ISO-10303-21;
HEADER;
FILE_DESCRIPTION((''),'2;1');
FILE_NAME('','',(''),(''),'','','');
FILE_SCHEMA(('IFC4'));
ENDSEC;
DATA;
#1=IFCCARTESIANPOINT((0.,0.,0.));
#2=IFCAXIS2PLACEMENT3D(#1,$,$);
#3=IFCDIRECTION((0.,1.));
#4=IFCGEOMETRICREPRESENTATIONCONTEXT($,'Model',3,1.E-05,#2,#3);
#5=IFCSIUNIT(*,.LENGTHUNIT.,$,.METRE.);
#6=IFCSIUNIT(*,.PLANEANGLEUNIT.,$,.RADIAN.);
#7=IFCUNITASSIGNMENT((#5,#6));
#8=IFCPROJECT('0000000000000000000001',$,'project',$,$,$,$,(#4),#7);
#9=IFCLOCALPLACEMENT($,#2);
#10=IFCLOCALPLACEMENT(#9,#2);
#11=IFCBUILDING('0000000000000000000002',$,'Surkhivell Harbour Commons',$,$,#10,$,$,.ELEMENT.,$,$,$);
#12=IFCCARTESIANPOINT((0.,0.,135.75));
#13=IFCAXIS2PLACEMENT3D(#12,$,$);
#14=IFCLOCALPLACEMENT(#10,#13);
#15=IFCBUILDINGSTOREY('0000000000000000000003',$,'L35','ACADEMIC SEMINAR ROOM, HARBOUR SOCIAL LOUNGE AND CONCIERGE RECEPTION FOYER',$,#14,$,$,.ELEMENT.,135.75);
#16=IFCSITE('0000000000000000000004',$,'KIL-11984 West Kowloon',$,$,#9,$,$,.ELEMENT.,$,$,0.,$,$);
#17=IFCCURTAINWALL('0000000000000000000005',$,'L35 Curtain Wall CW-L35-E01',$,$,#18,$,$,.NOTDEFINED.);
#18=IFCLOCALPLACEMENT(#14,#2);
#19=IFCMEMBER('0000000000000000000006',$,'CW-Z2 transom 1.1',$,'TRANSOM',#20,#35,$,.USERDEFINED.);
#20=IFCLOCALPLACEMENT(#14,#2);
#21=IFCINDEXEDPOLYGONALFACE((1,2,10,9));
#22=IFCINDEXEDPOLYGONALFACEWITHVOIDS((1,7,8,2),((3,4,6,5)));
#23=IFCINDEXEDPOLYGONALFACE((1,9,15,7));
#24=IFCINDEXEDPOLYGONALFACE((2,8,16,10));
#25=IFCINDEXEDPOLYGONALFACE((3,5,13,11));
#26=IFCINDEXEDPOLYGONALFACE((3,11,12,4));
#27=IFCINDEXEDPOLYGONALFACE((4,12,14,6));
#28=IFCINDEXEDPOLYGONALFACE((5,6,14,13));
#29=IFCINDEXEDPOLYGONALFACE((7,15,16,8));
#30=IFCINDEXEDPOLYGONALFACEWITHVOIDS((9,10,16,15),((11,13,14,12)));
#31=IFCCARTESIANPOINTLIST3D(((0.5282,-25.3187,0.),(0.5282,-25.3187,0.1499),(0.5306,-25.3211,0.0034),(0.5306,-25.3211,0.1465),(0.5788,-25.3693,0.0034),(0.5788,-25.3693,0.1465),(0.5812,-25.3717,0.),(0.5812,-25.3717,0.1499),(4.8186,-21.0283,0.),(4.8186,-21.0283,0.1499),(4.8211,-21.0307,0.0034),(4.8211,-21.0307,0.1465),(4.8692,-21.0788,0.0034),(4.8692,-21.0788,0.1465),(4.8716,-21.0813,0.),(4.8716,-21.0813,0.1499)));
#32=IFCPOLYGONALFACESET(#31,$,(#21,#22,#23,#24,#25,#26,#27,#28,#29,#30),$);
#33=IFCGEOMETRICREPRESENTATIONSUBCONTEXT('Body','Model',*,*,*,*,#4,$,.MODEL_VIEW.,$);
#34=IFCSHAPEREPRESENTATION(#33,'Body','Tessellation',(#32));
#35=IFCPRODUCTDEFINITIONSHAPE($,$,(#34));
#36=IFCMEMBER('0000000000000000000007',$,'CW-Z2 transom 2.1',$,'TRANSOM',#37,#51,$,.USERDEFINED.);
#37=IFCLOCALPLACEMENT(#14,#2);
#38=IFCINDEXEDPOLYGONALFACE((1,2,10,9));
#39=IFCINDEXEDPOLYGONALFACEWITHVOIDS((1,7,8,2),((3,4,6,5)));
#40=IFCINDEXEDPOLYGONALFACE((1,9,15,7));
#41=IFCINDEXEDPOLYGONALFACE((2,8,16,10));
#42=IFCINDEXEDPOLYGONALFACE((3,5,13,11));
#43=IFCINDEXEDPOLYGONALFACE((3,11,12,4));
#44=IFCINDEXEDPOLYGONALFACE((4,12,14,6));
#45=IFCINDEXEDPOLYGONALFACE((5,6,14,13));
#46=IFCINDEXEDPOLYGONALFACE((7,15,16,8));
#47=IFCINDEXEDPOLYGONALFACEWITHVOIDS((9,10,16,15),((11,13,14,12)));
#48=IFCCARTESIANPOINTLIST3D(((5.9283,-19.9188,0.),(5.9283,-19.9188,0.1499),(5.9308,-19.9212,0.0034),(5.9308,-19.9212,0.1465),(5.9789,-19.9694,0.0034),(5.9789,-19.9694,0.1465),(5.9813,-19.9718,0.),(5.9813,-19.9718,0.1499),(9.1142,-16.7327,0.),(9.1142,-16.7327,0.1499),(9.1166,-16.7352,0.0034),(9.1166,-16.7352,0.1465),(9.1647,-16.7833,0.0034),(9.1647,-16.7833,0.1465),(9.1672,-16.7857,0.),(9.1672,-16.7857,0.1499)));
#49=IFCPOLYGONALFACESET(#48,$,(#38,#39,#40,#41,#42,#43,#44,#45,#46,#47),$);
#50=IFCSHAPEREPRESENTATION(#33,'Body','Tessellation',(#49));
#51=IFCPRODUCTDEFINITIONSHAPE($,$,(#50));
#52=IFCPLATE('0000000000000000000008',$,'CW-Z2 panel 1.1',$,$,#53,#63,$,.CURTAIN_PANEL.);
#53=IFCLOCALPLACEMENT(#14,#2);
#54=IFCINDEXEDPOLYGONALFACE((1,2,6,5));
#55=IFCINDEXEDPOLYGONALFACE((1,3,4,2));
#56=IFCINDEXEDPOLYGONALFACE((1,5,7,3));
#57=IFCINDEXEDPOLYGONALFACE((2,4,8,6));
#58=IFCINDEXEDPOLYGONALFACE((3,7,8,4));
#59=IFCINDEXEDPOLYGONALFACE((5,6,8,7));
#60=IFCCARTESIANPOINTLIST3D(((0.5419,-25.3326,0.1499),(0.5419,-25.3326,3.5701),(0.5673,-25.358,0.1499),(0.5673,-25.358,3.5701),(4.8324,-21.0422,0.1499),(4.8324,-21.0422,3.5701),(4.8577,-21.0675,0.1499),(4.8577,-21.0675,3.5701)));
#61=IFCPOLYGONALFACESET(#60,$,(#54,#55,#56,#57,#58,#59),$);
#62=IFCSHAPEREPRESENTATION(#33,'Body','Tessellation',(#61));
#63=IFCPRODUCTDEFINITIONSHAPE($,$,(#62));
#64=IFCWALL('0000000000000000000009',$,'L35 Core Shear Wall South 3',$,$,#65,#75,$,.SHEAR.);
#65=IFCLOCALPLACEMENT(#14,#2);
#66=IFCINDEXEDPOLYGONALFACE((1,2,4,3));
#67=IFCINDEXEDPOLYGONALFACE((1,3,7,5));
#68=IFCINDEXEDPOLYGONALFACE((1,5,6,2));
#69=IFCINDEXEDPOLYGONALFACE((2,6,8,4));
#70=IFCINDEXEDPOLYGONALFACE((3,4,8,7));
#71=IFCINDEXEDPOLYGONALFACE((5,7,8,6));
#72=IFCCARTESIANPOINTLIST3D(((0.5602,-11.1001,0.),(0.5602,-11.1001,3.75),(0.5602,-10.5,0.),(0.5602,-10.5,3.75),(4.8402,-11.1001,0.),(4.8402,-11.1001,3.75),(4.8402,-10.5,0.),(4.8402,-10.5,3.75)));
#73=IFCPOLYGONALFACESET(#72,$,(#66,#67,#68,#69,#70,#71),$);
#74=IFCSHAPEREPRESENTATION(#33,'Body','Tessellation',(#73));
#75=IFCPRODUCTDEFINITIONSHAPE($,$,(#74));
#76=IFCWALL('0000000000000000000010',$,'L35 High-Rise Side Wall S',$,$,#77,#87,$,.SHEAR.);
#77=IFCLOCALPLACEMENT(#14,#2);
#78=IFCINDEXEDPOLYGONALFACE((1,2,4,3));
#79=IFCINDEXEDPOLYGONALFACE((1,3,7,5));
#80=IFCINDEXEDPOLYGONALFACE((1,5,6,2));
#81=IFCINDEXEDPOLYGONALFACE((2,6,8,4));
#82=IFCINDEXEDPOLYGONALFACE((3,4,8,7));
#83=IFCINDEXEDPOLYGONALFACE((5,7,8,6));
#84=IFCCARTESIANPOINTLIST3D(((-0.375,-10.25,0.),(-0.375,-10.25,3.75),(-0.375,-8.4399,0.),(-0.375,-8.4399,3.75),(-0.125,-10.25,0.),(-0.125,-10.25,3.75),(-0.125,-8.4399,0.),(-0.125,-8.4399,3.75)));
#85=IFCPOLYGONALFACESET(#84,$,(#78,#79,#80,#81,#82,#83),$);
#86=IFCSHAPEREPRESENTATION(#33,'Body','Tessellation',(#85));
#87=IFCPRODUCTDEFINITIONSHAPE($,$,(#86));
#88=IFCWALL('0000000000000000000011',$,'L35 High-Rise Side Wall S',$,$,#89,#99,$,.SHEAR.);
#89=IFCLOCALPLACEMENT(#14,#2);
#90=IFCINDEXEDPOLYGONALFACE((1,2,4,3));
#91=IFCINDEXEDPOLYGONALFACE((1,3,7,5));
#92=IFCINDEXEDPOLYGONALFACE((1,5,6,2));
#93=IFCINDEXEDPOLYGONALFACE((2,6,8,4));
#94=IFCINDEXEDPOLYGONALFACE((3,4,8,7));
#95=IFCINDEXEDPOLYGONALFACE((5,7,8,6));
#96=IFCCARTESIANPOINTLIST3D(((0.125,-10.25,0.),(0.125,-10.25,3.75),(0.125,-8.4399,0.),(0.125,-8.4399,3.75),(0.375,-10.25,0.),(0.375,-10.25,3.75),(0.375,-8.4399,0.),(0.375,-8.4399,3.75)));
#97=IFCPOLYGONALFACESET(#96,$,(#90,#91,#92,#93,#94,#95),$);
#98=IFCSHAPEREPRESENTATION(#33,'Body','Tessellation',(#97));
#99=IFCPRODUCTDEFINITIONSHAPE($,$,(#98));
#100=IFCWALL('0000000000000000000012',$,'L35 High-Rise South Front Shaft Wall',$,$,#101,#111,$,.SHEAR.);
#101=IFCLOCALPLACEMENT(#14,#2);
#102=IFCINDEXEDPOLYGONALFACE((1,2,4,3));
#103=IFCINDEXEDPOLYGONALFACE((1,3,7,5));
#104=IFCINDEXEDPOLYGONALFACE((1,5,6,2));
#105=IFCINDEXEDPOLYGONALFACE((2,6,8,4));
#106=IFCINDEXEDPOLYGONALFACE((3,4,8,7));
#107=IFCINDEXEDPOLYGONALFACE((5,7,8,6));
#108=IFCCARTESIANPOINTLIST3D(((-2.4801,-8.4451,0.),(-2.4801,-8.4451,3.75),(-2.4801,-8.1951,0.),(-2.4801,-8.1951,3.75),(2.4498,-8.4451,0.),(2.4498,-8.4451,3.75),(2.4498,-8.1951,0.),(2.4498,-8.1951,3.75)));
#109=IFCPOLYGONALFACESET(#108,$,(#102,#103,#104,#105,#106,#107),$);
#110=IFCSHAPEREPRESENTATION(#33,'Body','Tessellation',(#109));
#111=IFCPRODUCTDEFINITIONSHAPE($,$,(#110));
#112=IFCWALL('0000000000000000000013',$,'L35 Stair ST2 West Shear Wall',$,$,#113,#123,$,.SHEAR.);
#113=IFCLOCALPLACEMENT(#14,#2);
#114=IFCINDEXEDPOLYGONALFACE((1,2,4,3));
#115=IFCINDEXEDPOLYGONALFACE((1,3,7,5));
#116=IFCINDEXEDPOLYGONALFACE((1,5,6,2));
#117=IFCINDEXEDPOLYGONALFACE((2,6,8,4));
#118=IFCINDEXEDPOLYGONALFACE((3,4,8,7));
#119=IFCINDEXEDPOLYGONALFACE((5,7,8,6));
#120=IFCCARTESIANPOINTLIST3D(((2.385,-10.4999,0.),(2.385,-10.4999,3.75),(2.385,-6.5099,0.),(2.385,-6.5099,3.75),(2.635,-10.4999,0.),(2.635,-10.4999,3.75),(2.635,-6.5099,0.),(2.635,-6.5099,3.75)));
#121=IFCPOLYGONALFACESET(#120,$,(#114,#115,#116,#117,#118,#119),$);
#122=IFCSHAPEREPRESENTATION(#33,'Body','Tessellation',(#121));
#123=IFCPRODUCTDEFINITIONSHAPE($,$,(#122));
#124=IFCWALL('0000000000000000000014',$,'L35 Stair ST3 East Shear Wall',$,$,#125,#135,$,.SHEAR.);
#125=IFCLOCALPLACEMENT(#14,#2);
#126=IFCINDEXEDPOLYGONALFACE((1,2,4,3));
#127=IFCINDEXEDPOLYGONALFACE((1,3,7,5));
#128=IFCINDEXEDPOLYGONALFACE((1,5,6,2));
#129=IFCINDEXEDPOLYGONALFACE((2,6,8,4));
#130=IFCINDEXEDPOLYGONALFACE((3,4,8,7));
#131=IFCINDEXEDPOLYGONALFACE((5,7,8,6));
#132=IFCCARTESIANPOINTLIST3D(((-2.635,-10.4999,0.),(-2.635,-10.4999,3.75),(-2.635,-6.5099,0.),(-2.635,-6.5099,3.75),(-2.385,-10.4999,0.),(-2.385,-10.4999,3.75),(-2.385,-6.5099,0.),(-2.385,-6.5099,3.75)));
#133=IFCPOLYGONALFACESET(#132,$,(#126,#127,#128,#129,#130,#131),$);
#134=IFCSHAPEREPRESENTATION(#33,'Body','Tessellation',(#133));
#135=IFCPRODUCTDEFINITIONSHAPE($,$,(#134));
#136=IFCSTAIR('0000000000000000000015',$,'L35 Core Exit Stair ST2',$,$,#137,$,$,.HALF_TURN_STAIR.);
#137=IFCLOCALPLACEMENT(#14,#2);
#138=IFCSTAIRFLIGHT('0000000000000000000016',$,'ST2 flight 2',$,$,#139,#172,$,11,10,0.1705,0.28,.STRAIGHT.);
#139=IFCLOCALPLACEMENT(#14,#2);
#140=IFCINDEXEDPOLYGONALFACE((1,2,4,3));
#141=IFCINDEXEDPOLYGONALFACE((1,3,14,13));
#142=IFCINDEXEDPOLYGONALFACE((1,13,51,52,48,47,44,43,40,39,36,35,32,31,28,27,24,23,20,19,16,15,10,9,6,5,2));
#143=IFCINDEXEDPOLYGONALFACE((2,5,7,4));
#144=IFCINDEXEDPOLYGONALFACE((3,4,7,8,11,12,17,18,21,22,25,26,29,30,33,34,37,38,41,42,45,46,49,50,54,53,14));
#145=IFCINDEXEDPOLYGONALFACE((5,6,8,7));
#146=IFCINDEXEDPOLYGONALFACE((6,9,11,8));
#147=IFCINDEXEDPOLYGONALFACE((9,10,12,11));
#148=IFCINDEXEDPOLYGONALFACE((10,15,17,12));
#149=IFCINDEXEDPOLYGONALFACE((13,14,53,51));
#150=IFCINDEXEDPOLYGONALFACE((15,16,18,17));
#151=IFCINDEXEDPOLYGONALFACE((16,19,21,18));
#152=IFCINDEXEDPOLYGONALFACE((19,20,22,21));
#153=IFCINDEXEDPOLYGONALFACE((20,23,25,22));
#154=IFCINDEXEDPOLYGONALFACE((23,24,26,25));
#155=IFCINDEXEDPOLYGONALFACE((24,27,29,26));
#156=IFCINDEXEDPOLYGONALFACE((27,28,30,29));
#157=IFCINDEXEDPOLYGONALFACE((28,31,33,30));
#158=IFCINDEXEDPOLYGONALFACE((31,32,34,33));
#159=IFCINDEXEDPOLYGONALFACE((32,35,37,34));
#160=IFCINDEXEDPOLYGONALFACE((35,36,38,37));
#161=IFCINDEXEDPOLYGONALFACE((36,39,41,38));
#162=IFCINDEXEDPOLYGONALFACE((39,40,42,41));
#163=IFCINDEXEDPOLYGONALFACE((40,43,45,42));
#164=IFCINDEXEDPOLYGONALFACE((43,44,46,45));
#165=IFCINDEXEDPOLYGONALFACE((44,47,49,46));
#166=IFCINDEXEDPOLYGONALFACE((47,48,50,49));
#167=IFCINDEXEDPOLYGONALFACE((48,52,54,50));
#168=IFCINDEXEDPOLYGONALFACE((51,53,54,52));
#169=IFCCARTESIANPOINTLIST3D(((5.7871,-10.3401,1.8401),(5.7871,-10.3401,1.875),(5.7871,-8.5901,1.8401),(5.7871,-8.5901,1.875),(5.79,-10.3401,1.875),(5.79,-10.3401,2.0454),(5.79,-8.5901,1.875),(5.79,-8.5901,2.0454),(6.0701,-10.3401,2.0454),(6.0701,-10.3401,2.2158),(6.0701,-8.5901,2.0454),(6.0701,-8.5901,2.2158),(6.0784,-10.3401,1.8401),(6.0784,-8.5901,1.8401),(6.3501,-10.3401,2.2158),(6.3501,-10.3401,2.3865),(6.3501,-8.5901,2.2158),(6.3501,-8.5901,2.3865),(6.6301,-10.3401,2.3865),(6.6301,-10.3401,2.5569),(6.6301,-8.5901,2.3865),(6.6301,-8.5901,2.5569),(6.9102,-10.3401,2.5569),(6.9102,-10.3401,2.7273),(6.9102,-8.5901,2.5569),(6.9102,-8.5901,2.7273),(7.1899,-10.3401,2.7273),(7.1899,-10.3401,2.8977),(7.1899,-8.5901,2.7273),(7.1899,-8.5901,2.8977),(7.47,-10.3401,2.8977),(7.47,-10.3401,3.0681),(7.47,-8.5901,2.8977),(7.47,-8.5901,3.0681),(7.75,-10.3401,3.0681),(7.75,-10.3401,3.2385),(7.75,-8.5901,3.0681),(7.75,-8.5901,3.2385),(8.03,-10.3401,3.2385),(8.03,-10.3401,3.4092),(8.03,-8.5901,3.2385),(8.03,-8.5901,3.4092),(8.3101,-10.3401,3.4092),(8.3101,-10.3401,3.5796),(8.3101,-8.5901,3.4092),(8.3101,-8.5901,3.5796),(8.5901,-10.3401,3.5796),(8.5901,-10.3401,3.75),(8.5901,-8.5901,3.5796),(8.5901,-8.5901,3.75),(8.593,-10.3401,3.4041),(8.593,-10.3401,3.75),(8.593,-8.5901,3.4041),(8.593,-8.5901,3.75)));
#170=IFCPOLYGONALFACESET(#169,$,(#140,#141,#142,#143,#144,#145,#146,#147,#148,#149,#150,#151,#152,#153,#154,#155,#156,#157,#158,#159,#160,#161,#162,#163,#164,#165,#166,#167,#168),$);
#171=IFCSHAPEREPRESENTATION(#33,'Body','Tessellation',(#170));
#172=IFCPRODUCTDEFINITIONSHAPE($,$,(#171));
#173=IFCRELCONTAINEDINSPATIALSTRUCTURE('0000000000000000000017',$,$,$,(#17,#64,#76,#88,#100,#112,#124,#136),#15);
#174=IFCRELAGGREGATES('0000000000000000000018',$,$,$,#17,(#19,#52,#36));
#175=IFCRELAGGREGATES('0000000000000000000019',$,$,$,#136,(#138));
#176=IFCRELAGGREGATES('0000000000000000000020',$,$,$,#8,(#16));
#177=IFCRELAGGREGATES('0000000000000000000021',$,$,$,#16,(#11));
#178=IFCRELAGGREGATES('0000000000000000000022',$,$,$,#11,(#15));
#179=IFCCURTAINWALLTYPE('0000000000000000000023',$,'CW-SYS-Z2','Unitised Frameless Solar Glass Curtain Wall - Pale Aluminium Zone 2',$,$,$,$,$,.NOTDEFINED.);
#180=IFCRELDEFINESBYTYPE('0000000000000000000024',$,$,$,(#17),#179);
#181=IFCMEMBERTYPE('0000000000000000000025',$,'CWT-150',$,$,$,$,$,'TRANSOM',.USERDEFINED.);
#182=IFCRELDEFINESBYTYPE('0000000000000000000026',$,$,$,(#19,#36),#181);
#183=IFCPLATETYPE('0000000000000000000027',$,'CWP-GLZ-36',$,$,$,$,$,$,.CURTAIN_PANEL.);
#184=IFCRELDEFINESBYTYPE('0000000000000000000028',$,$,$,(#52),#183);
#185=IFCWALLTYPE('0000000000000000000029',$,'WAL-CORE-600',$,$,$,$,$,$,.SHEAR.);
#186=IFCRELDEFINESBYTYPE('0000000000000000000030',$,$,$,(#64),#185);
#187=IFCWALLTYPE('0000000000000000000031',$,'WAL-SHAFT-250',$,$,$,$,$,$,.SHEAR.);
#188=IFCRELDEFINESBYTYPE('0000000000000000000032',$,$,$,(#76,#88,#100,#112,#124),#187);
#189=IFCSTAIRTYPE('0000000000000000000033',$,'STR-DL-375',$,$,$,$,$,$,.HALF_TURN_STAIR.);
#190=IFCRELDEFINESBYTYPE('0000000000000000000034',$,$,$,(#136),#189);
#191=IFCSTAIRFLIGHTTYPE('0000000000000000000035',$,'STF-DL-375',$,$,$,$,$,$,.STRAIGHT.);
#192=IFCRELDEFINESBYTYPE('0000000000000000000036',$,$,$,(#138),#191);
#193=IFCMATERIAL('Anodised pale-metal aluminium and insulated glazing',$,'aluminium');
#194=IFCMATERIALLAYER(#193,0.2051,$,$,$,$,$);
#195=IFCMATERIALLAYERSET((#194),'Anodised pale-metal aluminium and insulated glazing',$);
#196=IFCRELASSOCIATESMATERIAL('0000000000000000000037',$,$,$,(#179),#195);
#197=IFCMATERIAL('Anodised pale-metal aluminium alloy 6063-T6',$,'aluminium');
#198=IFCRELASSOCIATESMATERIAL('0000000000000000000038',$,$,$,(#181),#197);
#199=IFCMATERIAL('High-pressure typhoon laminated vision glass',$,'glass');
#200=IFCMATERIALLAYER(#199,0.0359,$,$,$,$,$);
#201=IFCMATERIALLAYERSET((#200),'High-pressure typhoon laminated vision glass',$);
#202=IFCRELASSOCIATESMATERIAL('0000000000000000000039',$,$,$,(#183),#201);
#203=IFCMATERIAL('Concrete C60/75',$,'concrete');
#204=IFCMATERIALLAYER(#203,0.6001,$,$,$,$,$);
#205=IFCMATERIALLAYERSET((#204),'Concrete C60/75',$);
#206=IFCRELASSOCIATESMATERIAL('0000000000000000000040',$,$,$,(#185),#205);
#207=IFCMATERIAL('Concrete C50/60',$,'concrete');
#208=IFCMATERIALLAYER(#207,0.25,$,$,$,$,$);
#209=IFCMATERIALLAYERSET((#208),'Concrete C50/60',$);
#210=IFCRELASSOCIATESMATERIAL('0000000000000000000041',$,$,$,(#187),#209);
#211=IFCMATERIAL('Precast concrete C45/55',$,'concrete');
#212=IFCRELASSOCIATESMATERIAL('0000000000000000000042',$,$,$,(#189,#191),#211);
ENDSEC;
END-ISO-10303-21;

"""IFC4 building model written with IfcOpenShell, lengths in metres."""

from ifc_helpers import new_model, si_unit, direction, frame, frame_2d, origin, origin_2d, place, context, subcontext, project, spatial, polyline, rectangle, hollow_rectangle, outline, extrude, material, layer, layer_set, material_profile, profile_set, type_object, element, aggregate, save


model = new_model("IFC4")

# Units and contexts
model_context = context("Model", 3, precision=1e-05, world=origin(), true_north=direction((0.0, 1.0)))
body_context = subcontext(model_context, "Body", "Model", "MODEL_VIEW")
ifc_project = project(units=[si_unit("LENGTHUNIT", "METRE"), si_unit("PLANEANGLEUNIT", "RADIAN")], contexts=[model_context])

# Site, building, storey
site_placement = place(None, origin())
site = spatial("IfcSite", under=ifc_project, at=site_placement, Name="KIL-11984 West Kowloon", CompositionType="ELEMENT", RefElevation=0.0)
building_placement = place(site_placement, origin())
building = spatial("IfcBuilding", under=site, at=building_placement, Name="Surkhivell Harbour Commons", CompositionType="ELEMENT")
storey_placement = place(building_placement, frame((0.0, 0.0, 135.75)))
storey = spatial("IfcBuildingStorey", under=building, at=storey_placement, Name="L35", Description="ACADEMIC SEMINAR ROOM, HARBOUR SOCIAL LOUNGE AND CONCIERGE RECEPTION FOYER", CompositionType="ELEMENT", Elevation=135.75)

# Shared definitions
ifc_material_1 = material(Name="Concrete C60/75", Category="concrete")

# Shared definitions
ifc_material_2 = material(Name="Anodised pale-metal aluminium and insulated glazing", Category="aluminium")
ifc_layer_1 = layer(ifc_material_2, 0.2051)
ifc_layer_set_1 = layer_set([ifc_layer_1], Name="Anodised pale-metal aluminium and insulated glazing")
curtain_wall_type = type_object("IfcCurtainWallType", Name="CW-SYS-Z2", Description="Unitised Frameless Solar Glass Curtain Wall - Pale Aluminium Zone 2", PredefinedType="NOTDEFINED", material=ifc_layer_set_1)
ifc_material_3 = material(Name="Anodised pale-metal aluminium alloy 6063-T6", Category="aluminium")

# Curtain wall, members, plate
curtain_wall_1_placement = place(storey_placement, origin())
curtain_wall_1 = element("IfcCurtainWall", 1, at=curtain_wall_1_placement, inside=storey, type_object=curtain_wall_type, Name="L35 Curtain Wall CW-L35-E01", PredefinedType="NOTDEFINED")
ifc_material_profile_1 = material_profile(ifc_material_3, hollow_rectangle(XDim=0.075, YDim=0.1499, WallThickness=0.0034, at=origin_2d()), Name="ALU-TRAN-75x150")
ifc_profile_set_1 = profile_set([ifc_material_profile_1], Name="Anodised pale-metal aluminium alloy 6063-T6")
member_type_1 = type_object("IfcMemberType", Name="CWT-150", ElementType="TRANSOM", PredefinedType="USERDEFINED", material=ifc_profile_set_1)
member_1_placement = place(storey_placement, frame((0.5547, -25.3452, 0.075), z_axis=(0.707107, 0.707107, 0.0), x_axis=(-0.707107, 0.707107, 0.0)))
member_1 = element("IfcMember", 2, at=member_1_placement, type_object=member_type_1, Name="CW-Z2 transom 1.1", ObjectType="TRANSOM", PredefinedType="USERDEFINED", context=body_context, shape_type="SweptSolid", body=[
    extrude(hollow_rectangle(XDim=0.075, YDim=0.1499, WallThickness=0.0034, at=origin_2d()), origin(), (0.0, 0.0, 1.0), 6.0676),
])
member_2_placement = place(storey_placement, frame((5.9548, -19.9453, 0.075), z_axis=(0.70708, 0.707134, 0.0), x_axis=(-0.707134, 0.70708, 0.0)))
member_2 = element("IfcMember", 3, at=member_2_placement, type_object=member_type_1, Name="CW-Z2 transom 2.1", ObjectType="TRANSOM", PredefinedType="USERDEFINED", context=body_context, shape_type="SweptSolid", body=[
    extrude(hollow_rectangle(XDim=0.075, YDim=0.1499, WallThickness=0.0034, at=origin_2d()), origin(), (0.0, 0.0, 1.0), 4.5056),
])
ifc_material_4 = material(Name="High-pressure typhoon laminated vision glass", Category="glass")
ifc_layer_2 = layer(ifc_material_4, 0.0359)
ifc_layer_set_2 = layer_set([ifc_layer_2], Name="High-pressure typhoon laminated vision glass")
plate_type = type_object("IfcPlateType", Name="CWP-GLZ-36", PredefinedType="CURTAIN_PANEL", material=ifc_layer_set_2)
plate_placement = place(storey_placement, frame((0.5547, -25.3452, 0.1499), z_axis=(0.0, 0.0, 1.0), x_axis=(0.707107, 0.707107, 0.0)))
plate = element("IfcPlate", 4, at=plate_placement, type_object=plate_type, Name="CW-Z2 panel 1.1", PredefinedType="CURTAIN_PANEL", context=body_context, shape_type="SweptSolid", body=[
    extrude(rectangle(XDim=6.0676, YDim=0.0359, at=frame_2d((3.0337, 0.0))), origin(), (0.0, 0.0, 1.0), 3.4202),
])
aggregate(curtain_wall_1, [member_1, plate, member_2])

# Walls
ifc_layer_3 = layer(ifc_material_1, 0.6001)
ifc_layer_set_3 = layer_set([ifc_layer_3], Name="Concrete C60/75")
wall_type_1 = type_object("IfcWallType", Name="WAL-CORE-600", PredefinedType="SHEAR", material=ifc_layer_set_3)
wall_1_placement = place(storey_placement, frame((0.5601, -10.8, 0.0), z_axis=(0.0, 0.0, 1.0), x_axis=(1.0, 0.0, 0.0)))
element("IfcWall", 5, at=wall_1_placement, inside=storey, type_object=wall_type_1, Name="L35 Core Shear Wall South 3", PredefinedType="SHEAR", context=body_context, shape_type="SweptSolid", body=[
    extrude(rectangle(XDim=4.28, YDim=0.6001, at=frame_2d((2.1401, 0.0))), origin(), (0.0, 0.0, 1.0), 3.75),
])
ifc_material_5 = material(Name="Concrete C50/60", Category="concrete")
ifc_layer_4 = layer(ifc_material_5, 0.25)
ifc_layer_set_4 = layer_set([ifc_layer_4], Name="Concrete C50/60")
wall_type_2 = type_object("IfcWallType", Name="WAL-SHAFT-250", PredefinedType="SHEAR", material=ifc_layer_set_4)
for number, where, z_axis, x_axis, name in (
    (6, (-0.25, -10.25, 0.0), (0.0, 0.0, 1.0), (0.0, 1.0, 0.0), "L35 High-Rise Side Wall S"),
    (7, (0.25, -10.25, 0.0), (0.0, 0.0, 1.0), (0.0, 1.0, 0.0), "L35 High-Rise Side Wall S"),
):
    element("IfcWall", number, at=place(storey_placement, frame(where, z_axis=z_axis, x_axis=x_axis)), inside=storey, type_object=wall_type_2, Name=name, PredefinedType="SHEAR", context=body_context, shape_type="SweptSolid", body=[
        extrude(rectangle(XDim=1.8101, YDim=0.25, at=frame_2d((0.905, 0.0))), origin(), (0.0, 0.0, 1.0), 3.75),
    ])
wall_2_placement = place(storey_placement, frame((-2.48, -8.3201, 0.0), z_axis=(0.0, 0.0, 1.0), x_axis=(1.0, 0.0, 0.0)))
element("IfcWall", 8, at=wall_2_placement, inside=storey, type_object=wall_type_2, Name="L35 High-Rise South Front Shaft Wall", PredefinedType="SHEAR", context=body_context, shape_type="SweptSolid", body=[
    extrude(rectangle(XDim=4.9299, YDim=0.25, at=frame_2d((2.4648, 0.0))), origin(), (0.0, 0.0, 1.0), 3.75),
])
for number, where, z_axis, x_axis, name in (
    (9, (2.51, -10.5, 0.0), (0.0, 0.0, 1.0), (0.0, 1.0, 0.0), "L35 Stair ST2 West Shear Wall"),
    (10, (-2.51, -10.5, 0.0), (0.0, 0.0, 1.0), (0.0, 1.0, 0.0), "L35 Stair ST3 East Shear Wall"),
):
    element("IfcWall", number, at=place(storey_placement, frame(where, z_axis=z_axis, x_axis=x_axis)), inside=storey, type_object=wall_type_2, Name=name, PredefinedType="SHEAR", context=body_context, shape_type="SweptSolid", body=[
        extrude(rectangle(XDim=3.99, YDim=0.25, at=frame_2d((1.9951, 0.0))), origin(), (0.0, 0.0, 1.0), 3.75),
    ])

# Stair, stair flight
ifc_material_6 = material(Name="Precast concrete C45/55", Category="concrete")
stair_type = type_object("IfcStairType", Name="STR-DL-375", PredefinedType="HALF_TURN_STAIR", material=ifc_material_6)
stair_placement = place(storey_placement, origin())
stair = element("IfcStair", 11, at=stair_placement, inside=storey, type_object=stair_type, Name="L35 Core Exit Stair ST2", PredefinedType="HALF_TURN_STAIR")
stair_flight_type = type_object("IfcStairFlightType", Name="STF-DL-375", PredefinedType="STRAIGHT", material=ifc_material_6)
stair_flight_placement = place(storey_placement, frame((5.79, -9.4651, 1.875), z_axis=(0.0, 0.0, 1.0), x_axis=(1.0, 0.0, 0.0)))
stair_flight = element("IfcStairFlight", 12, at=stair_flight_placement, type_object=stair_flight_type, Name="ST2 flight 2", NumberOfRisers=11, NumberOfTreads=10, PredefinedType="STRAIGHT", RiserHeight=0.1705, TreadLength=0.28, context=body_context, shape_type="SweptSolid", body=[
    extrude(outline(polyline([(-0.0029, -0.0349), (-0.0029, 0.0), (0.0, 0.0), (0.0, 0.1704), (0.28, 0.1704), (0.28, 0.3408), (0.5601, 0.3408), (0.5601, 0.5115), (0.8401, 0.5115), (0.8401, 0.6819), (1.1201, 0.6819), (1.1201, 0.8523), (1.3999, 0.8523), (1.3999, 1.0227), (1.6799, 1.0227), (1.6799, 1.1931), (1.96, 1.1931), (1.96, 1.3635), (2.24, 1.3635), (2.24, 1.5342), (2.52, 1.5342), (2.52, 1.7046), (2.8, 1.7046), (2.8, 1.875), (2.803, 1.875), (2.803, 1.5291), (0.2883, -0.0349), (-0.0029, -0.0349)])), frame((0.0, 0.875, 0.0), z_axis=(0.0, -1.0, 0.0), x_axis=(1.0, 0.0, 0.0)), (0.0, 0.0, 1.0), 1.75),
])
aggregate(stair, [stair_flight])

save(model, "model.ifc")
